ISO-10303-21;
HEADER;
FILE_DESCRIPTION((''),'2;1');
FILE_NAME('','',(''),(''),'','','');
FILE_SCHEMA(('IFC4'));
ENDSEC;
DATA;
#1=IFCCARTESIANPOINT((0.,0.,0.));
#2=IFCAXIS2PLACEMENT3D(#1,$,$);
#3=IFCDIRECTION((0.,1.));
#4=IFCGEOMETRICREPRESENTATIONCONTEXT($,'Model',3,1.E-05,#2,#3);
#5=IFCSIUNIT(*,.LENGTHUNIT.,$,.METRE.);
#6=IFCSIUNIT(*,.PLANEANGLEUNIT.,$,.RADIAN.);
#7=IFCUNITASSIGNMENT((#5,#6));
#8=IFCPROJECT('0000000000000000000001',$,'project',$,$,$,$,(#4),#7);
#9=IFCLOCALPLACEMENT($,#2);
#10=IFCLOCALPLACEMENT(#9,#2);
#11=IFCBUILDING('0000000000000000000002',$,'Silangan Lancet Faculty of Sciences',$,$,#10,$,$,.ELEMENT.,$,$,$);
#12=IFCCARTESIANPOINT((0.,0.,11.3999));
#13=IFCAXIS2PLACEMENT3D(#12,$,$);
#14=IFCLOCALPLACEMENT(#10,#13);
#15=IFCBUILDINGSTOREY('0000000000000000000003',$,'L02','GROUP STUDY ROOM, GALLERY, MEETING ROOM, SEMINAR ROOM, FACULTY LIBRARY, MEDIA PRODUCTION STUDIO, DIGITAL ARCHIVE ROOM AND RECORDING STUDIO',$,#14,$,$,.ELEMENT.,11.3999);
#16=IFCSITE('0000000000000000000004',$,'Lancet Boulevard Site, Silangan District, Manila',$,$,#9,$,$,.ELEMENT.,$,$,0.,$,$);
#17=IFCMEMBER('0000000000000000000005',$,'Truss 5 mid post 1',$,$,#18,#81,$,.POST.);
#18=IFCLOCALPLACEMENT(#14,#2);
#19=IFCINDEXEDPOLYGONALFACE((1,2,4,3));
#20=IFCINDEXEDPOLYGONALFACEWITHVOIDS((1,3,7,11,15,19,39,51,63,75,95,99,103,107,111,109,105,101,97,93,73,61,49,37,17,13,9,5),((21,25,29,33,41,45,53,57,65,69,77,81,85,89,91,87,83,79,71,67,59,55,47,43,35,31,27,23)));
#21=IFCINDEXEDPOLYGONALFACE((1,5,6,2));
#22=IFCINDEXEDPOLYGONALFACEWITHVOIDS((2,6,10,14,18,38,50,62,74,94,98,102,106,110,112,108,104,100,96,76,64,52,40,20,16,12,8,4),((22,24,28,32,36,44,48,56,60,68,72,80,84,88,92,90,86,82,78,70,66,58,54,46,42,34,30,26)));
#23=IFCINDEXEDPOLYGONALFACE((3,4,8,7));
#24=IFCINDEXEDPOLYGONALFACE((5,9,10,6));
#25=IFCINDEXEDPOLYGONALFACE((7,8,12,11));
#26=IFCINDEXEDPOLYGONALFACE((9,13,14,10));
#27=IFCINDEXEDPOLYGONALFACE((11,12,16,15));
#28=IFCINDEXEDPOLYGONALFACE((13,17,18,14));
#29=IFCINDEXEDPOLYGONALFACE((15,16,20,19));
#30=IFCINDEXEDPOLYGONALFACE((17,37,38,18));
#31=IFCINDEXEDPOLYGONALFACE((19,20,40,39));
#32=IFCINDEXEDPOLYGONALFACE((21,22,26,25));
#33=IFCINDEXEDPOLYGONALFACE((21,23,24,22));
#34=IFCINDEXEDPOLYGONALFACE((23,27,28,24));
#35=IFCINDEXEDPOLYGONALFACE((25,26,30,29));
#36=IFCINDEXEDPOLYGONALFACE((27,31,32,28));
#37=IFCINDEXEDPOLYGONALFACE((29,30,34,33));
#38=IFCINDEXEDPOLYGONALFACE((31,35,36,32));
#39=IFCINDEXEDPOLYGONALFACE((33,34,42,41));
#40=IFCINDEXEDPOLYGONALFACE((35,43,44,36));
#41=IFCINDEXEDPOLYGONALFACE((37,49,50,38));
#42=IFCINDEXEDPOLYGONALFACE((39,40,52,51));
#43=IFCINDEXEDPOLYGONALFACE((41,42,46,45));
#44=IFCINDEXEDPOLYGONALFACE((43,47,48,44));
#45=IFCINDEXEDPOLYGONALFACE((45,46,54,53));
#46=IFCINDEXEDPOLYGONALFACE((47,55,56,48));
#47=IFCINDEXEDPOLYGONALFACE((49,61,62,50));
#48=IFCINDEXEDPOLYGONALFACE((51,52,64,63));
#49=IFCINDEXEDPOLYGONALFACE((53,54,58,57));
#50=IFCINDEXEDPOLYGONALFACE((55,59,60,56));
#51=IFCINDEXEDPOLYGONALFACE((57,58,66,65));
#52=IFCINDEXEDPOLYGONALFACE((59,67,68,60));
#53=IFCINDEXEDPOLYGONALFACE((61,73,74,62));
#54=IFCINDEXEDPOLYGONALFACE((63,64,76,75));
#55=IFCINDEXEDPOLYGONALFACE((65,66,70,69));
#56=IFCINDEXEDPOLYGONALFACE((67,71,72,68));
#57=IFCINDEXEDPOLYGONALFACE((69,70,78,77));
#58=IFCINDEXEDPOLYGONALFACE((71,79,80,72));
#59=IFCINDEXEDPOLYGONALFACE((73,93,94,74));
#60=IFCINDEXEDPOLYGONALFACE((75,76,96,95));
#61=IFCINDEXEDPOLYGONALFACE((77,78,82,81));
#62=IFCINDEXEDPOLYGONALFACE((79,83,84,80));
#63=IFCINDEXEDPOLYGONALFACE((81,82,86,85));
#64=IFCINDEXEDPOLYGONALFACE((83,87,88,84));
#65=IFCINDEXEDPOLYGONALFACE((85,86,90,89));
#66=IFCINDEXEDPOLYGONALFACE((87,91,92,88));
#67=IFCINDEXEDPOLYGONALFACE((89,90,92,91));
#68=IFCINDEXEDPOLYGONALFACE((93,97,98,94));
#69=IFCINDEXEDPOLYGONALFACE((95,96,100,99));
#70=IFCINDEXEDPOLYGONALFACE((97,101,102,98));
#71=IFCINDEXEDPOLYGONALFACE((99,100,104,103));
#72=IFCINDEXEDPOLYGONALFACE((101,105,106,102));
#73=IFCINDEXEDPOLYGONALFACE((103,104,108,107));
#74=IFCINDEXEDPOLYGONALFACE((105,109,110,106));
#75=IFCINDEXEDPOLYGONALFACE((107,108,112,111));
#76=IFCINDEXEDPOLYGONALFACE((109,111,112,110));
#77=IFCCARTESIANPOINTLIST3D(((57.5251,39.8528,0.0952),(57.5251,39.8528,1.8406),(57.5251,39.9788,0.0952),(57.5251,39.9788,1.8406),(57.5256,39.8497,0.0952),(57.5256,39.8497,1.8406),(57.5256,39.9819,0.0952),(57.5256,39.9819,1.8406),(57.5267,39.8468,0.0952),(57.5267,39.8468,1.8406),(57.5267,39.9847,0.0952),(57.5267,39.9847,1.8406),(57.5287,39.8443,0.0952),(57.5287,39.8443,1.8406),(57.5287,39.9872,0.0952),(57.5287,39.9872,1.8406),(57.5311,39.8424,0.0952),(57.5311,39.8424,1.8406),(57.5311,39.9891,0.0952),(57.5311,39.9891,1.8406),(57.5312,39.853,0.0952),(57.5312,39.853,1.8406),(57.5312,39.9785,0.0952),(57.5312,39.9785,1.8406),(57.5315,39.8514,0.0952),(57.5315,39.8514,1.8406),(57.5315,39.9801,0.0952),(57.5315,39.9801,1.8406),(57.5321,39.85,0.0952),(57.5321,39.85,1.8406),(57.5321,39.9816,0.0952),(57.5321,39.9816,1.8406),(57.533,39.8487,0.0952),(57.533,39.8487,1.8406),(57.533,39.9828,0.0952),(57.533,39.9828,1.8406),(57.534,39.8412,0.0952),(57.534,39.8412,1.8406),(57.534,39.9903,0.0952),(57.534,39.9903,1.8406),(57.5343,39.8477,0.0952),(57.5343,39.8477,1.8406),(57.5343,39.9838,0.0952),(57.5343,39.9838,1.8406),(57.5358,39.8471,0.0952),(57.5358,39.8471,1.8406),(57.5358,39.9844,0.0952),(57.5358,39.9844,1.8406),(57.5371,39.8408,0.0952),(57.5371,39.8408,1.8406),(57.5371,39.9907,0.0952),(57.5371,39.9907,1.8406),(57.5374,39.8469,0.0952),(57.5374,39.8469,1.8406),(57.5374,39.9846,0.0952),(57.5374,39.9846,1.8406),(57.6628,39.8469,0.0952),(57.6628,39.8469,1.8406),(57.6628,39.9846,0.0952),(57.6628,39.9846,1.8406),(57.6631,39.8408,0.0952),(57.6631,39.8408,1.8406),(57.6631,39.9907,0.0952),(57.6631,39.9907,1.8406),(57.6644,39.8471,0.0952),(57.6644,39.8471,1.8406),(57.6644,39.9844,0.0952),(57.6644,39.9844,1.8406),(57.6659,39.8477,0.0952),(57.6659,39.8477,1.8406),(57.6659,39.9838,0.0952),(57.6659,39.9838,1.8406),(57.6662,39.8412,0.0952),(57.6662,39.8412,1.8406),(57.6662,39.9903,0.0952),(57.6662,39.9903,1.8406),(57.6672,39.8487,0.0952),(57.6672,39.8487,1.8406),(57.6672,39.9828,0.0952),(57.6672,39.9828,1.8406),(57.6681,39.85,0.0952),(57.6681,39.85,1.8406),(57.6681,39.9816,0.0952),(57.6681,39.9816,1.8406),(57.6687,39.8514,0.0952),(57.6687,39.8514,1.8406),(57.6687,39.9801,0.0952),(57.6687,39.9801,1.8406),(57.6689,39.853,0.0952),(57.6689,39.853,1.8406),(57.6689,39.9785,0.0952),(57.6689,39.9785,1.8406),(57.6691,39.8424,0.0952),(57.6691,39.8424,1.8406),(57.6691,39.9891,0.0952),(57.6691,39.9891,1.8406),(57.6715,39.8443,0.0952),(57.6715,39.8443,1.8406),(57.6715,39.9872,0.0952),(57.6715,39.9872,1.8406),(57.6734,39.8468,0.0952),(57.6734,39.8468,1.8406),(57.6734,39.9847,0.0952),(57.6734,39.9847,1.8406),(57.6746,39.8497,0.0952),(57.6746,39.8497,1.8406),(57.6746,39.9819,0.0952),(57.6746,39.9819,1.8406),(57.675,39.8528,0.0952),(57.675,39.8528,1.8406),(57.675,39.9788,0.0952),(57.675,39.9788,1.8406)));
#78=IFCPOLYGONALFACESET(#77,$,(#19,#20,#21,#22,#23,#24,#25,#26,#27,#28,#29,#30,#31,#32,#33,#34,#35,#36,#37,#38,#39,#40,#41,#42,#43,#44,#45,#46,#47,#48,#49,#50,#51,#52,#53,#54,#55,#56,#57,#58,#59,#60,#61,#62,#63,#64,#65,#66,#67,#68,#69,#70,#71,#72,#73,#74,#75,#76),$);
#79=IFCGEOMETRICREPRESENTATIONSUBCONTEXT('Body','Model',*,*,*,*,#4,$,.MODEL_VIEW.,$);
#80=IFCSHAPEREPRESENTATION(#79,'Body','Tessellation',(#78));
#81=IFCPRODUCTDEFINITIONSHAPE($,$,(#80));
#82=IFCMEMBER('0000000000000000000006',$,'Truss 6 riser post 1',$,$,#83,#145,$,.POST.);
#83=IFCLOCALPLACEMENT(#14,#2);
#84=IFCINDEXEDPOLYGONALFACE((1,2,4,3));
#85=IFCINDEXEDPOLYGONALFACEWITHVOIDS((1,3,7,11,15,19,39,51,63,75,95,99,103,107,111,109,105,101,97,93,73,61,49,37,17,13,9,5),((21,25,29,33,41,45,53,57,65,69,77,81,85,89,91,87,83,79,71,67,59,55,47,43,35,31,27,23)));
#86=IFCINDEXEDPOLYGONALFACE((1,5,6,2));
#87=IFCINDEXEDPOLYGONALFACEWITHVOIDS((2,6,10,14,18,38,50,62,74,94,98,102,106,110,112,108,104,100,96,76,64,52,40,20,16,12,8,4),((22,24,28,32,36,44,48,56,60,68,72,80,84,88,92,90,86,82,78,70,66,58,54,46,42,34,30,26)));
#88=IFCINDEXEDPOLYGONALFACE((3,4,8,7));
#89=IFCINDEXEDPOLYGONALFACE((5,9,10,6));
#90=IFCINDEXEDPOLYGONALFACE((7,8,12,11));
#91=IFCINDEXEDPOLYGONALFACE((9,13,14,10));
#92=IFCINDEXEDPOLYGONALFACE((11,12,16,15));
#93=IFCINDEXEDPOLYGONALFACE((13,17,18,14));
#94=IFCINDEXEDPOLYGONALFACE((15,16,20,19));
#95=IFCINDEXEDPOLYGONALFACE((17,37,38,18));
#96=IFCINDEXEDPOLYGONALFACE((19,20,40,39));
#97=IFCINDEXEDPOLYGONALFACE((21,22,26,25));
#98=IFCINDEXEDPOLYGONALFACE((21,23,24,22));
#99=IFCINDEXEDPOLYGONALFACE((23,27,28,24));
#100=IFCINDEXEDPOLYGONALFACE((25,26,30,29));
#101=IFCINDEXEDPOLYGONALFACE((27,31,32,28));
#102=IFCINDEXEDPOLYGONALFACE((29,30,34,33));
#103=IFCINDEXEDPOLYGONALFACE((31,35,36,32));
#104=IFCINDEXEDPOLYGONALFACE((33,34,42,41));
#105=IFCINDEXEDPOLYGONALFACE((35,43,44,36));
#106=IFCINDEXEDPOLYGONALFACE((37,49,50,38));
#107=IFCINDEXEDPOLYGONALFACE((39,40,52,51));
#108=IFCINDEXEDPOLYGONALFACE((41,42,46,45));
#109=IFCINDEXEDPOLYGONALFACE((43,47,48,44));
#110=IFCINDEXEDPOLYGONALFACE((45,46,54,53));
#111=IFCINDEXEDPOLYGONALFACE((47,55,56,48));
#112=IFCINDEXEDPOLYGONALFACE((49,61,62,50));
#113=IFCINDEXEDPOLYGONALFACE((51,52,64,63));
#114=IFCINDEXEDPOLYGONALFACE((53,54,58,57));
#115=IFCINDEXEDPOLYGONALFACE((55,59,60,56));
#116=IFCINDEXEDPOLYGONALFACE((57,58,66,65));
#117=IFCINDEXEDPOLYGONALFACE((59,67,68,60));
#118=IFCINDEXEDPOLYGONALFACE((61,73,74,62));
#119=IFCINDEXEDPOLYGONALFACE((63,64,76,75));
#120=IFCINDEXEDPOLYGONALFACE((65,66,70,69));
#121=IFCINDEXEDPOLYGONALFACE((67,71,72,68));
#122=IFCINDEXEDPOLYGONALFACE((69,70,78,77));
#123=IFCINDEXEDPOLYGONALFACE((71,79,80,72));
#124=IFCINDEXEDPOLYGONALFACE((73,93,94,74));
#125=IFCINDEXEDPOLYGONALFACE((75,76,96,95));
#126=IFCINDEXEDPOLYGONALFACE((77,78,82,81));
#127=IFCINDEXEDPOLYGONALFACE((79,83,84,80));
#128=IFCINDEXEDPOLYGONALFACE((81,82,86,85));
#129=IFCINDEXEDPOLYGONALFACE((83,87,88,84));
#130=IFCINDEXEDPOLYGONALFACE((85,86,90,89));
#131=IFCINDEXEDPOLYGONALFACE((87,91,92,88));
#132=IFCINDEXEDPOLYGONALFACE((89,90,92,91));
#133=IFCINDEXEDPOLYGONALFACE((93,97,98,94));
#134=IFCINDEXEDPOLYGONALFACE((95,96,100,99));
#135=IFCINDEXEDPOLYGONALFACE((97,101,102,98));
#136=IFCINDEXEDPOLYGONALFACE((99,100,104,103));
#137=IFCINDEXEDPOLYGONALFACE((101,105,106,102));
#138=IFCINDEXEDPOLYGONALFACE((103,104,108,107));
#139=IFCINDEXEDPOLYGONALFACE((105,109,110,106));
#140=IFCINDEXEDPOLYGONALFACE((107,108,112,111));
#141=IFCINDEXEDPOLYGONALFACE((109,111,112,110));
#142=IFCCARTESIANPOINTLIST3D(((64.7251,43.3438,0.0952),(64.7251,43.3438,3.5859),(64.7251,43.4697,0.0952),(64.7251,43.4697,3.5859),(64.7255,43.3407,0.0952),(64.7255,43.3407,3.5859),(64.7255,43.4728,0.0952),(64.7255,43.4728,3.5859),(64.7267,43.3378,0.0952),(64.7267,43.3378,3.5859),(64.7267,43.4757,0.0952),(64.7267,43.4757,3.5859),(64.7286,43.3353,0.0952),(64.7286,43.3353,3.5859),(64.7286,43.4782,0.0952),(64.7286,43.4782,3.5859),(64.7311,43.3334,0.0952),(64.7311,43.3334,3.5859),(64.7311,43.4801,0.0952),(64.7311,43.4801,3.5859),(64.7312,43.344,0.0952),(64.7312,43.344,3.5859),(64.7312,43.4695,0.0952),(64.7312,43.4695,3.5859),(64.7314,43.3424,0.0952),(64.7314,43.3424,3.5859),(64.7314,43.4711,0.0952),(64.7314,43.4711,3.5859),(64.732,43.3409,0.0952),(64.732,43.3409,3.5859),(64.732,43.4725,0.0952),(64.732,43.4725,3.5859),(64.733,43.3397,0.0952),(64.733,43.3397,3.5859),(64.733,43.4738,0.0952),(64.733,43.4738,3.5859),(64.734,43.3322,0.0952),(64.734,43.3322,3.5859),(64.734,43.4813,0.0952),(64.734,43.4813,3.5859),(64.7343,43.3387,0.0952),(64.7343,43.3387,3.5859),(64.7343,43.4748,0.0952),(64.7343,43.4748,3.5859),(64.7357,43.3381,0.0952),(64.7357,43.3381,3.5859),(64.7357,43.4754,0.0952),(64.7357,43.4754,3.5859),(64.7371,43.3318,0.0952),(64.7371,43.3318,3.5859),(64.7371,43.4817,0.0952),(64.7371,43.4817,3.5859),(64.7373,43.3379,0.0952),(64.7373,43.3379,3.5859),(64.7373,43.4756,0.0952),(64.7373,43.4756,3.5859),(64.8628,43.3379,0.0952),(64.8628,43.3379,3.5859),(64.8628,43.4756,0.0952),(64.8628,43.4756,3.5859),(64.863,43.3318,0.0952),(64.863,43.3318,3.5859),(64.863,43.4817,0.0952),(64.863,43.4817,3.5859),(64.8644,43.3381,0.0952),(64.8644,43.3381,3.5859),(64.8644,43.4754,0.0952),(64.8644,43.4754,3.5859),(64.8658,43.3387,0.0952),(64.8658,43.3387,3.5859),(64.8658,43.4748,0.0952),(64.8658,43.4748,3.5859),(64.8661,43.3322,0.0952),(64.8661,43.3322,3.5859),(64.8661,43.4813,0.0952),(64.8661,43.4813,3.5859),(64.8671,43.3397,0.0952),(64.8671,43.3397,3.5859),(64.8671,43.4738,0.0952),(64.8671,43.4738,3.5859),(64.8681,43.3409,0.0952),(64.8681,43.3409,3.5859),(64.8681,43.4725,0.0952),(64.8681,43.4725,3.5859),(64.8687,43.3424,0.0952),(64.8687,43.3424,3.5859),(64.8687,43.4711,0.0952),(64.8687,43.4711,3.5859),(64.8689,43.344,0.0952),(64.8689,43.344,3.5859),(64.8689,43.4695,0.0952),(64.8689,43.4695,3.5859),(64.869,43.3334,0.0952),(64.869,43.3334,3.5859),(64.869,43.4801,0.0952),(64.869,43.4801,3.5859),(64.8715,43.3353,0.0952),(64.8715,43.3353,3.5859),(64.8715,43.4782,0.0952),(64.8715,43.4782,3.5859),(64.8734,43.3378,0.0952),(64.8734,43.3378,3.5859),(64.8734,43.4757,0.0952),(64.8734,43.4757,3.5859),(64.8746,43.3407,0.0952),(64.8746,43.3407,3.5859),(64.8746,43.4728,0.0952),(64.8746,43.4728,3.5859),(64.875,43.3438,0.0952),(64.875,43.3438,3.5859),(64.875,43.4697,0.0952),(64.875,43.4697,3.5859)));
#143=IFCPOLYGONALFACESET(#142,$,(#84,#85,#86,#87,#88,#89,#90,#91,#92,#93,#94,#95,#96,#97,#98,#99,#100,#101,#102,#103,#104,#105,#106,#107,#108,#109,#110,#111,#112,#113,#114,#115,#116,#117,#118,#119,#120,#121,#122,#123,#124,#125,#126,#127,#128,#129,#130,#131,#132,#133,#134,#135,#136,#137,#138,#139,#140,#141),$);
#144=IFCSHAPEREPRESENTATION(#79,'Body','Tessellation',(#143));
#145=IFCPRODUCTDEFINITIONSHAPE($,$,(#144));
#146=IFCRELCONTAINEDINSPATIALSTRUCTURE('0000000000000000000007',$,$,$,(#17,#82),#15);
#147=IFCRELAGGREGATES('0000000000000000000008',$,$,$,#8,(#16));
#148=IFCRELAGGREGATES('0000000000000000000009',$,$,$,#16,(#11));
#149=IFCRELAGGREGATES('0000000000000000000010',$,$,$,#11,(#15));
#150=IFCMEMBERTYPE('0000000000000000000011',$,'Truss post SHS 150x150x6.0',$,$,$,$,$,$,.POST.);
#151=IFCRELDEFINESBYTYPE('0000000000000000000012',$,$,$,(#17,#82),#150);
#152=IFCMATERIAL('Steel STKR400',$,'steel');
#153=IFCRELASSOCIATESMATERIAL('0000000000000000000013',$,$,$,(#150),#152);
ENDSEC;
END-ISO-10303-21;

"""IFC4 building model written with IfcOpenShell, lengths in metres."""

from ifc_helpers import new_model, si_unit, direction, frame, origin, origin_2d, place, context, subcontext, project, spatial, hollow_rectangle, extrude, material, material_profile, profile_set, type_object, element, save


model = new_model("IFC4")

# Units and contexts
model_context = context("Model", 3, precision=1e-05, world=origin(), true_north=direction((0.0, 1.0)))
body_context = subcontext(model_context, "Body", "Model", "MODEL_VIEW")
ifc_project = project(units=[si_unit("LENGTHUNIT", "METRE"), si_unit("PLANEANGLEUNIT", "RADIAN")], contexts=[model_context])

# Site, building, storey
site_placement = place(None, origin())
site = spatial("IfcSite", under=ifc_project, at=site_placement, Name="Lancet Boulevard Site, Silangan District, Manila", CompositionType="ELEMENT", RefElevation=0.0)
building_placement = place(site_placement, origin())
building = spatial("IfcBuilding", under=site, at=building_placement, Name="Silangan Lancet Faculty of Sciences", CompositionType="ELEMENT")
storey_placement = place(building_placement, frame((0.0, 0.0, 11.3999)))
storey = spatial("IfcBuildingStorey", under=building, at=storey_placement, Name="L02", Description="GROUP STUDY ROOM, GALLERY, MEETING ROOM, SEMINAR ROOM, FACULTY LIBRARY, MEDIA PRODUCTION STUDIO, DIGITAL ARCHIVE ROOM AND RECORDING STUDIO", CompositionType="ELEMENT", Elevation=11.3999)

# Members
ifc_material_1 = material(Name="Steel STKR400", Category="steel")
ifc_material_profile_1 = material_profile(ifc_material_1, hollow_rectangle(XDim=0.1499, YDim=0.1499, WallThickness=0.0061, InnerFilletRadius=0.0061, OuterFilletRadius=0.012, at=origin_2d()), Name="SHS 150x150x6.0")
ifc_profile_set_1 = profile_set([ifc_material_profile_1], Name="Steel STKR400")
member_type_1 = type_object("IfcMemberType", Name="Truss post SHS 150x150x6.0", PredefinedType="POST", material=ifc_profile_set_1)
member_1_placement = place(storey_placement, frame((57.6001, 39.9158, 0.0952), z_axis=(0.0, 0.0, 1.0), x_axis=(1.0, 0.0, 0.0)))
element("IfcMember", 1, at=member_1_placement, inside=storey, type_object=member_type_1, Name="Truss 5 mid post 1", PredefinedType="POST", context=body_context, shape_type="SweptSolid", body=[
    extrude(hollow_rectangle(XDim=0.1499, YDim=0.1499, WallThickness=0.0061, InnerFilletRadius=0.0061, OuterFilletRadius=0.012, at=origin_2d()), origin(), (0.0, 0.0, 1.0), 1.7454),
])
member_2_placement = place(storey_placement, frame((64.8, 43.4067, 0.0952), z_axis=(0.0, 0.0, 1.0), x_axis=(1.0, 0.0, 0.0)))
element("IfcMember", 2, at=member_2_placement, inside=storey, type_object=member_type_1, Name="Truss 6 riser post 1", PredefinedType="POST", context=body_context, shape_type="SweptSolid", body=[
    extrude(hollow_rectangle(XDim=0.1499, YDim=0.1499, WallThickness=0.0061, InnerFilletRadius=0.0061, OuterFilletRadius=0.012, at=origin_2d()), origin(), (0.0, 0.0, 1.0), 3.4907),
])

save(model, "model.ifc")
